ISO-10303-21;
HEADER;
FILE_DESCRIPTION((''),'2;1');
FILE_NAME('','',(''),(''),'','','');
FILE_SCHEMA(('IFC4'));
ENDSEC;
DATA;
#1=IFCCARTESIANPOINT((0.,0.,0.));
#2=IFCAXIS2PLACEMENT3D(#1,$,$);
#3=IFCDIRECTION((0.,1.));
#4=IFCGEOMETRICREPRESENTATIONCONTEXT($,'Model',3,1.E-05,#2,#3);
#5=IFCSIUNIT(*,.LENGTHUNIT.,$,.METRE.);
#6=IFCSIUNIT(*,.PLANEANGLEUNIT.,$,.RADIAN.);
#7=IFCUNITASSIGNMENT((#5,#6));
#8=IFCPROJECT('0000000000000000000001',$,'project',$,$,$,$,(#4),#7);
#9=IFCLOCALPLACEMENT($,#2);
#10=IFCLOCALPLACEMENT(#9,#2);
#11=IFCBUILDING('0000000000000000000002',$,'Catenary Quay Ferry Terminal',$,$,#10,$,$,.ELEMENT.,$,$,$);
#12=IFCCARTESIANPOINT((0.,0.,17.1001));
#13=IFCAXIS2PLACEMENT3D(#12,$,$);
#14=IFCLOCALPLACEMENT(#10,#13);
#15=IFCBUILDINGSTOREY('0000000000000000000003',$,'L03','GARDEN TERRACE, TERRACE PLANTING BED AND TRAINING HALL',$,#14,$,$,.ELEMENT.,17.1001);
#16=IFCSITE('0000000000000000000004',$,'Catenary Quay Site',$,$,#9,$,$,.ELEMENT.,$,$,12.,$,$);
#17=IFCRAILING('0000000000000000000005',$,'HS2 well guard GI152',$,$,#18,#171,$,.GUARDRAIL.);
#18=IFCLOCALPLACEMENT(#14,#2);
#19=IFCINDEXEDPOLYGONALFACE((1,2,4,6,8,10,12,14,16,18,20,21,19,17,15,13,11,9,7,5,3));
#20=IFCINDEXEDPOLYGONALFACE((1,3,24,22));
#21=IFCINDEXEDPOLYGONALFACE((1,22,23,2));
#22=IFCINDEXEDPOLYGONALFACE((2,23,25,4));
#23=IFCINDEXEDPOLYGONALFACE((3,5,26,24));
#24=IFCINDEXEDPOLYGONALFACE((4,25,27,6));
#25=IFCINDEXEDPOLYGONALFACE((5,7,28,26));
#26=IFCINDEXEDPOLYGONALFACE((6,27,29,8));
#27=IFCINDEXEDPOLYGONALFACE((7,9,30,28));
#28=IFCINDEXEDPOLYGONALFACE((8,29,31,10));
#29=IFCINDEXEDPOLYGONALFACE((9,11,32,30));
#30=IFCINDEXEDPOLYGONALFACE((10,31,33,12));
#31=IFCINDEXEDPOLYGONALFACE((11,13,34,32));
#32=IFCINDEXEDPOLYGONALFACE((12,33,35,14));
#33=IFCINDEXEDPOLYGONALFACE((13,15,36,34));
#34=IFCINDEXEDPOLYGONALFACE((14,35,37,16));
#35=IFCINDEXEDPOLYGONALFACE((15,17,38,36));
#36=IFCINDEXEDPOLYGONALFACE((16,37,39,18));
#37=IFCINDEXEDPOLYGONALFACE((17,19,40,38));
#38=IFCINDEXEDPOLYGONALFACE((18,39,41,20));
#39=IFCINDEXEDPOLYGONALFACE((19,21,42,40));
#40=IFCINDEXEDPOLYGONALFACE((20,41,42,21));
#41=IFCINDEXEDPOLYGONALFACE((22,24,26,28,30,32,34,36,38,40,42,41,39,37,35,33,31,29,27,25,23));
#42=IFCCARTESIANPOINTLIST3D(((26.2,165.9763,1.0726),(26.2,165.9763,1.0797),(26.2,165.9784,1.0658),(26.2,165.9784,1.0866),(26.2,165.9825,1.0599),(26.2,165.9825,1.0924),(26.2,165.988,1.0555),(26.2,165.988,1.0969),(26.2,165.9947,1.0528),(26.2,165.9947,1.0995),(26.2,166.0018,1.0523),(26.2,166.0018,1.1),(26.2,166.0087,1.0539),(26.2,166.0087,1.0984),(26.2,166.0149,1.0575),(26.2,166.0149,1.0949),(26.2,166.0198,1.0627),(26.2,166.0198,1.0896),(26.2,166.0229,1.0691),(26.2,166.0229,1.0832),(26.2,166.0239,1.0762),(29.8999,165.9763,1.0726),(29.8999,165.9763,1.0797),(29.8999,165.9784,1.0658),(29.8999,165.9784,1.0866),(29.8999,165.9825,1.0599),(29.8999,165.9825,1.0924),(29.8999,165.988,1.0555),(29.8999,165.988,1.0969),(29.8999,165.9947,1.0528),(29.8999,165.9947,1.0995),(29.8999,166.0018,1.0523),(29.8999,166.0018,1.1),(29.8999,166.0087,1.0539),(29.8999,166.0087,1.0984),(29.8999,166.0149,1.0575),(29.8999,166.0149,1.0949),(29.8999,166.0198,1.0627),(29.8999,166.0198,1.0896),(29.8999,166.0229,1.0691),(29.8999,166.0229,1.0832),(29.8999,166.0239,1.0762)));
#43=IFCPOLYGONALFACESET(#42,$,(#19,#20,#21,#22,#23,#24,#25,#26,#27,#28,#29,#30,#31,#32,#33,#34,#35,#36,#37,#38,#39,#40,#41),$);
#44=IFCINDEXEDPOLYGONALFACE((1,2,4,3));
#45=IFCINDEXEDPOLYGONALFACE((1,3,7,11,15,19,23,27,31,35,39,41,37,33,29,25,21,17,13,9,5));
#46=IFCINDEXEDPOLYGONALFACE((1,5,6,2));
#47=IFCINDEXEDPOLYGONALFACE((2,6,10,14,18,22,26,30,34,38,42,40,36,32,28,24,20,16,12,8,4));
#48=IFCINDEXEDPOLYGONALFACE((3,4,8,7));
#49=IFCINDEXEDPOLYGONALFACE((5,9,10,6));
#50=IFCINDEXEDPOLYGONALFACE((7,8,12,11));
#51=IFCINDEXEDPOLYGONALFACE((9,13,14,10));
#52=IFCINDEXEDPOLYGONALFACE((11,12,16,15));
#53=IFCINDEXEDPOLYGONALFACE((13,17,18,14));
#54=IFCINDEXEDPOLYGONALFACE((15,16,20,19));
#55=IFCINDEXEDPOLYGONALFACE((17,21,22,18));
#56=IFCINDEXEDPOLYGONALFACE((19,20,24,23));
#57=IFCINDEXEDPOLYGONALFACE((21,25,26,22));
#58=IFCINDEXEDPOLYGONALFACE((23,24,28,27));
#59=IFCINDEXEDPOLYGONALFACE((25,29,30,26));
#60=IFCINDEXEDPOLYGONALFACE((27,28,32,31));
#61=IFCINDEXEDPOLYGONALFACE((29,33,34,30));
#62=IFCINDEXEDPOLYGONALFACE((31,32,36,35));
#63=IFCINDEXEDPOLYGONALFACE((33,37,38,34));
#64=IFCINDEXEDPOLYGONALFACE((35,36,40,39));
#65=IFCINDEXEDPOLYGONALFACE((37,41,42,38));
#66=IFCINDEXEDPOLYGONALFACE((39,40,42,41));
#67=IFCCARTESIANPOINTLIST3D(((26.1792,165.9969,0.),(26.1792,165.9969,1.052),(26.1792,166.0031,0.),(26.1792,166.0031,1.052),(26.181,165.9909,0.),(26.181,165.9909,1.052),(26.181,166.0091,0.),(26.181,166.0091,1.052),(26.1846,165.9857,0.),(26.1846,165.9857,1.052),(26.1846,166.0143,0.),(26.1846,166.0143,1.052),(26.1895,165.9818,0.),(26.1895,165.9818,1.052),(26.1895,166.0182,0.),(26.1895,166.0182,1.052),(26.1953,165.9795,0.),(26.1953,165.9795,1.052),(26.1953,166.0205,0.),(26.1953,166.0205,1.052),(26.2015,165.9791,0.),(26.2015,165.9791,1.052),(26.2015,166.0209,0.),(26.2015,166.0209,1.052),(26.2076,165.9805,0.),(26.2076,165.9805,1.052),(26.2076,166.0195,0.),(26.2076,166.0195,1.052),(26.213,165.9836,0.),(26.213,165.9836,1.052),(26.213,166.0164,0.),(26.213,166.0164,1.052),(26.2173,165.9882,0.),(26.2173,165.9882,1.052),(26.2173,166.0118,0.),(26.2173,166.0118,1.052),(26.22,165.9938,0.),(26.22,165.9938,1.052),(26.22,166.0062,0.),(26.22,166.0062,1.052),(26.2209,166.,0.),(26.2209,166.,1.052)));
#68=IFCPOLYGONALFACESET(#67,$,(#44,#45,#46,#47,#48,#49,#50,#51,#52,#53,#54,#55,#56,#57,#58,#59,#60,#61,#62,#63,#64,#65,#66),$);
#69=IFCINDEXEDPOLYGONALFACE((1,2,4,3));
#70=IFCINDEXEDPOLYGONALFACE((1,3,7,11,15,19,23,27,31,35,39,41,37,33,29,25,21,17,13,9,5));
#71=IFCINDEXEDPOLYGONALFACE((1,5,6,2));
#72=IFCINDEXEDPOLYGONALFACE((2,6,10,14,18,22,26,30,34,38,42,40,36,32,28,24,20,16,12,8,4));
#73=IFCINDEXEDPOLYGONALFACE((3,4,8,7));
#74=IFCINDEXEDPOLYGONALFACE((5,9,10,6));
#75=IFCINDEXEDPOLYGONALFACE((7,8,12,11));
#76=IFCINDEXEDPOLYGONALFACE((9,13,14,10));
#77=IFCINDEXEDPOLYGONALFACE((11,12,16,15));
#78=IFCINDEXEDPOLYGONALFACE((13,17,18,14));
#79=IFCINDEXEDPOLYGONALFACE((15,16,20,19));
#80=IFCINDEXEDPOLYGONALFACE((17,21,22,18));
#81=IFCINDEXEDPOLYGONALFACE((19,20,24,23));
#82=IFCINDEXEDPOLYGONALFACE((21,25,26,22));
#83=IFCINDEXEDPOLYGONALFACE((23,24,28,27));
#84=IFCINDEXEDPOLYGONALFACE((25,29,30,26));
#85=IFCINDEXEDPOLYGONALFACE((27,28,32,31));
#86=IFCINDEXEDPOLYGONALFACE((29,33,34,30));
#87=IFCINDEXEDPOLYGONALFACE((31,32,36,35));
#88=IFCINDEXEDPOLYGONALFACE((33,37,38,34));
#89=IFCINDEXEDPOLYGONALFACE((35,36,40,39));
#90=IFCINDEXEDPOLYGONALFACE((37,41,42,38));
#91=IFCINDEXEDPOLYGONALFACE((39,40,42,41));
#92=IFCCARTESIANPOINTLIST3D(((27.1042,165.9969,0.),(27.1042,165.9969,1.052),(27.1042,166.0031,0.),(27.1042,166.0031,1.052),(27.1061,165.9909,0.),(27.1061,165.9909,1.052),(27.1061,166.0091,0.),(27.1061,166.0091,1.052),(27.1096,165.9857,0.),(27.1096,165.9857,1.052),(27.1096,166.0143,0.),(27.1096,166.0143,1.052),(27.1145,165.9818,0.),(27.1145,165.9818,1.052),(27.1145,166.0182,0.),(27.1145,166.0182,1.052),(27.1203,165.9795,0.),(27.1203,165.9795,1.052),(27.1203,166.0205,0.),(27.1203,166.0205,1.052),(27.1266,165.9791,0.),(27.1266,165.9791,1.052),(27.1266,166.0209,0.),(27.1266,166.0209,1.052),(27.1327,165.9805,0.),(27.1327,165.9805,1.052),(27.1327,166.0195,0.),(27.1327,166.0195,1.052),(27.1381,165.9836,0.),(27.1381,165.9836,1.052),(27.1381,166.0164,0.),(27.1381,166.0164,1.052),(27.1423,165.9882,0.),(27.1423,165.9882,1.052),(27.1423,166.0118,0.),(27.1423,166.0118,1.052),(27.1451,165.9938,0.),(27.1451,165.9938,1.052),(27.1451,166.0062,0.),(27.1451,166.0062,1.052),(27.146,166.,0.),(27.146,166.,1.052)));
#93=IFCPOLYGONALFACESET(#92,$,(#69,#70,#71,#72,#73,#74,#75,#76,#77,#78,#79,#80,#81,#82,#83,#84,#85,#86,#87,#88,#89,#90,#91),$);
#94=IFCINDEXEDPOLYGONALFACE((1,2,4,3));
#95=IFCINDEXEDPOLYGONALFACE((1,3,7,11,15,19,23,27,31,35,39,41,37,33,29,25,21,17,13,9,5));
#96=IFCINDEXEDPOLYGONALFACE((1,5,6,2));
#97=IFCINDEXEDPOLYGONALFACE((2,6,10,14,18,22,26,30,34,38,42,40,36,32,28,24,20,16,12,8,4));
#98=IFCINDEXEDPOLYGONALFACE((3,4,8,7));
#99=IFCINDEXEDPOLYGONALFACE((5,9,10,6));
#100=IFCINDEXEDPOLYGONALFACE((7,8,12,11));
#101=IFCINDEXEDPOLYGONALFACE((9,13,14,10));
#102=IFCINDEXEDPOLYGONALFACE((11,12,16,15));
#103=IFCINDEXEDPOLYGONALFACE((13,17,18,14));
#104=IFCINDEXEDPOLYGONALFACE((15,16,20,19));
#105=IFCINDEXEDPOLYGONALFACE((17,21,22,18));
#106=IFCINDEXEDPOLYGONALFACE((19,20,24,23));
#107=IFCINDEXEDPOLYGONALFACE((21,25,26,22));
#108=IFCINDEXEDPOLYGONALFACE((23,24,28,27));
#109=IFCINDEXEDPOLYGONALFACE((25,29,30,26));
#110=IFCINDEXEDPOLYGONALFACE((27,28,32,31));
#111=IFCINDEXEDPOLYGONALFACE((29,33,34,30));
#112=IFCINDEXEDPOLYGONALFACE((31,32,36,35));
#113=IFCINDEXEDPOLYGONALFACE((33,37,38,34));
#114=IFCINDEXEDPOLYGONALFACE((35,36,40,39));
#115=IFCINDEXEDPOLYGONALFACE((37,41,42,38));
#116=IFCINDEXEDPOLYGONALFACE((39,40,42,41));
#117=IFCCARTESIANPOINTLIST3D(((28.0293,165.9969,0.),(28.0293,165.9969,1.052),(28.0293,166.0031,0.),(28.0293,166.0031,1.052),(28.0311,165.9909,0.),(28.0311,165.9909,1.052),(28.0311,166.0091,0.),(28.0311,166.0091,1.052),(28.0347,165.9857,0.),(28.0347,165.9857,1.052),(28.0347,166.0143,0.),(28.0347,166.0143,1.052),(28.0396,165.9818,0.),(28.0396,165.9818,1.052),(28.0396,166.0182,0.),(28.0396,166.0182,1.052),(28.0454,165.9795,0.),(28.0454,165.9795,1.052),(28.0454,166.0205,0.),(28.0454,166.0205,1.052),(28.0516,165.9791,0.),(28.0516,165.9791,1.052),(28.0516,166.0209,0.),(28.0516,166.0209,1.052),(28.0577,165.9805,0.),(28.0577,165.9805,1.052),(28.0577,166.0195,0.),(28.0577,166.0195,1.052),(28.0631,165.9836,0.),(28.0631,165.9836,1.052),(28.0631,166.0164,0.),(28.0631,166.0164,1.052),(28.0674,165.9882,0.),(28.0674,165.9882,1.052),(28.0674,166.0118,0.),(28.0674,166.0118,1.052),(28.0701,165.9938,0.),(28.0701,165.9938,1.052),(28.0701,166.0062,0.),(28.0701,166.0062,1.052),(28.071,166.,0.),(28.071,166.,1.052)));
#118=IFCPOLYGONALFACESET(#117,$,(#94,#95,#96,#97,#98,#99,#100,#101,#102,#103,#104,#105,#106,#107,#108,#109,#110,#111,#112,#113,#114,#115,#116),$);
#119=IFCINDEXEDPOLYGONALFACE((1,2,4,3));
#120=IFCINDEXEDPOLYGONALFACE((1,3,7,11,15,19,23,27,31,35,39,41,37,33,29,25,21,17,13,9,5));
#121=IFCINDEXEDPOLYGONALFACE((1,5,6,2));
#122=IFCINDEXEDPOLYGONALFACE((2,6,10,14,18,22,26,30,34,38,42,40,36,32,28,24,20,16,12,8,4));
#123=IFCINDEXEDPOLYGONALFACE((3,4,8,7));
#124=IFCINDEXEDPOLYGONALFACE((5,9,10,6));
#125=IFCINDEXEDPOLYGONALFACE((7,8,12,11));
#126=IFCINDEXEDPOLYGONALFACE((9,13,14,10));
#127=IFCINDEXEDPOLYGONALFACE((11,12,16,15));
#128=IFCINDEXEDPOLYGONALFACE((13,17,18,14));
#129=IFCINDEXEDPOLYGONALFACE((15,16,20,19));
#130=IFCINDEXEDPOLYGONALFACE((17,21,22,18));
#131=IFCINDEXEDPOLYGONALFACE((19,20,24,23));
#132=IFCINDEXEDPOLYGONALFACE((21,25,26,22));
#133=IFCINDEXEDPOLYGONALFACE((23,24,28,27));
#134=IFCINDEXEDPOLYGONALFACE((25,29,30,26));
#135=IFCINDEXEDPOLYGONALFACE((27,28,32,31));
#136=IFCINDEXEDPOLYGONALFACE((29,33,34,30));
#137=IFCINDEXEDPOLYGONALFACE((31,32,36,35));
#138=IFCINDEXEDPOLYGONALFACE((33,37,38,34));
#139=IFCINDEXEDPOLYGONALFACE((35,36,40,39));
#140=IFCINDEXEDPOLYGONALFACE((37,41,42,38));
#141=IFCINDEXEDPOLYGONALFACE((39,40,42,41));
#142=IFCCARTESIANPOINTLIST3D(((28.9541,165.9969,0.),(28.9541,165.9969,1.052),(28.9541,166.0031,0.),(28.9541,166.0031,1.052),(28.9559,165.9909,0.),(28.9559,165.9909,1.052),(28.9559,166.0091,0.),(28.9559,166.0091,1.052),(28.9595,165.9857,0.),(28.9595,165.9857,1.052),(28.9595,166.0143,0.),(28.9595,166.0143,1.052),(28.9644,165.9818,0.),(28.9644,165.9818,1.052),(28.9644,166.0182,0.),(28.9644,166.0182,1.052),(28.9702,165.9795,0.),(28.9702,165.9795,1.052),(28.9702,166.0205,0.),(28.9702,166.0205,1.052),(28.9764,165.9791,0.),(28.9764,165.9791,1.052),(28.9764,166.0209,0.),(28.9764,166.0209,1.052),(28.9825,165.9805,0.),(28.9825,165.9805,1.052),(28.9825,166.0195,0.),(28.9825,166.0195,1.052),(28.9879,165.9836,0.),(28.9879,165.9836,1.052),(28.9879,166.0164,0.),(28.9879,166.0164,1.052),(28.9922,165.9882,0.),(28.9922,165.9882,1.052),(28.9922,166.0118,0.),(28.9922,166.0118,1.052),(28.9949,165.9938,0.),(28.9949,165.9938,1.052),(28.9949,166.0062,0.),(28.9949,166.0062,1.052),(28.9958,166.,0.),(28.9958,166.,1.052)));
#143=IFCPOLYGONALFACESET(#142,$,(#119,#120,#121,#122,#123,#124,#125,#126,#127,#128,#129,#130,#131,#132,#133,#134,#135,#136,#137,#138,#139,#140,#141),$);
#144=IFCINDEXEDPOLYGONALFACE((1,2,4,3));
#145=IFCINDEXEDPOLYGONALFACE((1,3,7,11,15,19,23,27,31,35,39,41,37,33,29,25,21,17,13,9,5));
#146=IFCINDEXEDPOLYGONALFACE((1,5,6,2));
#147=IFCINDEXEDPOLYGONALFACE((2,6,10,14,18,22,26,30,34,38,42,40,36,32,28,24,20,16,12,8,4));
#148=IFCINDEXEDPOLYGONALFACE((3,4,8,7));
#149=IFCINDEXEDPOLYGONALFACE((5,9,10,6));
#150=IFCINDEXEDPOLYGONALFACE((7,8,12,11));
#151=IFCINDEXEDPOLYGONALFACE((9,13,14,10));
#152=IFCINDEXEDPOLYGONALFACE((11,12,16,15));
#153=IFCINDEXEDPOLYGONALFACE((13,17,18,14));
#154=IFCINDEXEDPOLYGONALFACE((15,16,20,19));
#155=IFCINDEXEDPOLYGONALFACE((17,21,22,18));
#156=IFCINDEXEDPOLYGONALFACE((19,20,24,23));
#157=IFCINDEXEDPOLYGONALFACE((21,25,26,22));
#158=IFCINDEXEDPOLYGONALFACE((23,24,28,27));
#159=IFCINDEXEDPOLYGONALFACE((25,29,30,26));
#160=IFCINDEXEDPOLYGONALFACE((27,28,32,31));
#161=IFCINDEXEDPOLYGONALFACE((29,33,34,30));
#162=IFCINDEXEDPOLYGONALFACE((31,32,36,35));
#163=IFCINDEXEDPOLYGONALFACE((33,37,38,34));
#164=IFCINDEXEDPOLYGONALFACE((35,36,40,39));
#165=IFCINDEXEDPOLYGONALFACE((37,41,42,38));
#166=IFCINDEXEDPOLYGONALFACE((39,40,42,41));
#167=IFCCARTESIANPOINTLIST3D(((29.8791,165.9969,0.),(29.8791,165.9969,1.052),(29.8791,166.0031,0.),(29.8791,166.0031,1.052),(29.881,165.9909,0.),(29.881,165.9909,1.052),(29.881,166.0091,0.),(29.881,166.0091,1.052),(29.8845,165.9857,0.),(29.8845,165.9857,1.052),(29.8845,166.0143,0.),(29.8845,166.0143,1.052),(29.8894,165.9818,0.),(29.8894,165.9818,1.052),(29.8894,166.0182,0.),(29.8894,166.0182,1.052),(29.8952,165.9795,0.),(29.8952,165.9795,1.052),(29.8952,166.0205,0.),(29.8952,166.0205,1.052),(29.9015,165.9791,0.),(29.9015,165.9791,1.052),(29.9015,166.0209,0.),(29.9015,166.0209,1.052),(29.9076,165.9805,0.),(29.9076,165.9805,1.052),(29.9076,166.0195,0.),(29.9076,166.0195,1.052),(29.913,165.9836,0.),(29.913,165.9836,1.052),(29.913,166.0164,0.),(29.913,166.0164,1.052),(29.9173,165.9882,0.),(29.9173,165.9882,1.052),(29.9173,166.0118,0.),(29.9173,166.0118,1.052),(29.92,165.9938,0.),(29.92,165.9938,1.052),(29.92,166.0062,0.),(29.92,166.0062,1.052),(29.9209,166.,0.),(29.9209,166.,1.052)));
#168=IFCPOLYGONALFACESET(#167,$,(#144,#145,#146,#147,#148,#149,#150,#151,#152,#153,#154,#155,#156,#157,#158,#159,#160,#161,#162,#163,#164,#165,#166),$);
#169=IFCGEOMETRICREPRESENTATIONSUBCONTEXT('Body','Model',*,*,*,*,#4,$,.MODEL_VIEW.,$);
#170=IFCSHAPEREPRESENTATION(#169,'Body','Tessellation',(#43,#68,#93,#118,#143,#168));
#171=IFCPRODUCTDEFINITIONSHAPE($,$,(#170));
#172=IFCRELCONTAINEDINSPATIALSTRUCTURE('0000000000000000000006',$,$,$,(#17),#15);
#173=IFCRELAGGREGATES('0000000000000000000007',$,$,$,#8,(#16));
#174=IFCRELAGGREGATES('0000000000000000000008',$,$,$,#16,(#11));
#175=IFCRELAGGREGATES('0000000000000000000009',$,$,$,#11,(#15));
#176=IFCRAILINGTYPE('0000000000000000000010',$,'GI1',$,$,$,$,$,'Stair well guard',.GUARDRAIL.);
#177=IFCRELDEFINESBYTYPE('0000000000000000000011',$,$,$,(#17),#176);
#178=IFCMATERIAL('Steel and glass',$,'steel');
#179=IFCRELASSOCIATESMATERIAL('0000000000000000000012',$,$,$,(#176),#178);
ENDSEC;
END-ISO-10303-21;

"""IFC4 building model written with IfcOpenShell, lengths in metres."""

from ifc_helpers import new_model, si_unit, direction, frame, origin, origin_2d, place, context, subcontext, project, spatial, circle, extrude, material, type_object, element, save


model = new_model("IFC4")

# Units and contexts
model_context = context("Model", 3, precision=1e-05, world=origin(), true_north=direction((0.0, 1.0)))
body_context = subcontext(model_context, "Body", "Model", "MODEL_VIEW")
ifc_project = project(units=[si_unit("LENGTHUNIT", "METRE"), si_unit("PLANEANGLEUNIT", "RADIAN")], contexts=[model_context])

# Site, building, storey
site_placement = place(None, origin())
site = spatial("IfcSite", under=ifc_project, at=site_placement, Name="Catenary Quay Site", CompositionType="ELEMENT", RefElevation=12.0)
building_placement = place(site_placement, origin())
building = spatial("IfcBuilding", under=site, at=building_placement, Name="Catenary Quay Ferry Terminal", CompositionType="ELEMENT")
storey_placement = place(building_placement, frame((0.0, 0.0, 17.1001)))
storey = spatial("IfcBuildingStorey", under=building, at=storey_placement, Name="L03", Description="GARDEN TERRACE, TERRACE PLANTING BED AND TRAINING HALL", CompositionType="ELEMENT", Elevation=17.1001)

# Railing
ifc_material_1 = material(Name="Steel and glass", Category="steel")
railing_type = type_object("IfcRailingType", Name="GI1", ElementType="Stair well guard", PredefinedType="GUARDRAIL", material=ifc_material_1)
railing_1_placement = place(storey_placement, frame((26.2, 166.0, 0.0)))
element("IfcRailing", 1, at=railing_1_placement, inside=storey, type_object=railing_type, Name="HS2 well guard GI152", PredefinedType="GUARDRAIL", context=body_context, shape_type="SweptSolid", body=[
    extrude(circle(Radius=0.0239, at=origin_2d()), frame((0.0, 0.0, 1.0762), z_axis=(1.0, 0.0, 0.0), x_axis=(0.0, 1.0, 0.0)), (0.0, 0.0, 1.0), 3.7),
    extrude(circle(Radius=0.021, at=origin_2d()), origin(), (0.0, 0.0, 1.0), 1.052),
    extrude(circle(Radius=0.021, at=origin_2d()), frame((0.925, 0.0, 0.0)), (0.0, 0.0, 1.0), 1.052),
    extrude(circle(Radius=0.021, at=origin_2d()), frame((1.8501, 0.0, 0.0)), (0.0, 0.0, 1.0), 1.052),
    extrude(circle(Radius=0.021, at=origin_2d()), frame((2.7749, 0.0, 0.0)), (0.0, 0.0, 1.0), 1.052),
    extrude(circle(Radius=0.021, at=origin_2d()), frame((3.7, 0.0, 0.0)), (0.0, 0.0, 1.0), 1.052),
])

save(model, "model.ifc")
